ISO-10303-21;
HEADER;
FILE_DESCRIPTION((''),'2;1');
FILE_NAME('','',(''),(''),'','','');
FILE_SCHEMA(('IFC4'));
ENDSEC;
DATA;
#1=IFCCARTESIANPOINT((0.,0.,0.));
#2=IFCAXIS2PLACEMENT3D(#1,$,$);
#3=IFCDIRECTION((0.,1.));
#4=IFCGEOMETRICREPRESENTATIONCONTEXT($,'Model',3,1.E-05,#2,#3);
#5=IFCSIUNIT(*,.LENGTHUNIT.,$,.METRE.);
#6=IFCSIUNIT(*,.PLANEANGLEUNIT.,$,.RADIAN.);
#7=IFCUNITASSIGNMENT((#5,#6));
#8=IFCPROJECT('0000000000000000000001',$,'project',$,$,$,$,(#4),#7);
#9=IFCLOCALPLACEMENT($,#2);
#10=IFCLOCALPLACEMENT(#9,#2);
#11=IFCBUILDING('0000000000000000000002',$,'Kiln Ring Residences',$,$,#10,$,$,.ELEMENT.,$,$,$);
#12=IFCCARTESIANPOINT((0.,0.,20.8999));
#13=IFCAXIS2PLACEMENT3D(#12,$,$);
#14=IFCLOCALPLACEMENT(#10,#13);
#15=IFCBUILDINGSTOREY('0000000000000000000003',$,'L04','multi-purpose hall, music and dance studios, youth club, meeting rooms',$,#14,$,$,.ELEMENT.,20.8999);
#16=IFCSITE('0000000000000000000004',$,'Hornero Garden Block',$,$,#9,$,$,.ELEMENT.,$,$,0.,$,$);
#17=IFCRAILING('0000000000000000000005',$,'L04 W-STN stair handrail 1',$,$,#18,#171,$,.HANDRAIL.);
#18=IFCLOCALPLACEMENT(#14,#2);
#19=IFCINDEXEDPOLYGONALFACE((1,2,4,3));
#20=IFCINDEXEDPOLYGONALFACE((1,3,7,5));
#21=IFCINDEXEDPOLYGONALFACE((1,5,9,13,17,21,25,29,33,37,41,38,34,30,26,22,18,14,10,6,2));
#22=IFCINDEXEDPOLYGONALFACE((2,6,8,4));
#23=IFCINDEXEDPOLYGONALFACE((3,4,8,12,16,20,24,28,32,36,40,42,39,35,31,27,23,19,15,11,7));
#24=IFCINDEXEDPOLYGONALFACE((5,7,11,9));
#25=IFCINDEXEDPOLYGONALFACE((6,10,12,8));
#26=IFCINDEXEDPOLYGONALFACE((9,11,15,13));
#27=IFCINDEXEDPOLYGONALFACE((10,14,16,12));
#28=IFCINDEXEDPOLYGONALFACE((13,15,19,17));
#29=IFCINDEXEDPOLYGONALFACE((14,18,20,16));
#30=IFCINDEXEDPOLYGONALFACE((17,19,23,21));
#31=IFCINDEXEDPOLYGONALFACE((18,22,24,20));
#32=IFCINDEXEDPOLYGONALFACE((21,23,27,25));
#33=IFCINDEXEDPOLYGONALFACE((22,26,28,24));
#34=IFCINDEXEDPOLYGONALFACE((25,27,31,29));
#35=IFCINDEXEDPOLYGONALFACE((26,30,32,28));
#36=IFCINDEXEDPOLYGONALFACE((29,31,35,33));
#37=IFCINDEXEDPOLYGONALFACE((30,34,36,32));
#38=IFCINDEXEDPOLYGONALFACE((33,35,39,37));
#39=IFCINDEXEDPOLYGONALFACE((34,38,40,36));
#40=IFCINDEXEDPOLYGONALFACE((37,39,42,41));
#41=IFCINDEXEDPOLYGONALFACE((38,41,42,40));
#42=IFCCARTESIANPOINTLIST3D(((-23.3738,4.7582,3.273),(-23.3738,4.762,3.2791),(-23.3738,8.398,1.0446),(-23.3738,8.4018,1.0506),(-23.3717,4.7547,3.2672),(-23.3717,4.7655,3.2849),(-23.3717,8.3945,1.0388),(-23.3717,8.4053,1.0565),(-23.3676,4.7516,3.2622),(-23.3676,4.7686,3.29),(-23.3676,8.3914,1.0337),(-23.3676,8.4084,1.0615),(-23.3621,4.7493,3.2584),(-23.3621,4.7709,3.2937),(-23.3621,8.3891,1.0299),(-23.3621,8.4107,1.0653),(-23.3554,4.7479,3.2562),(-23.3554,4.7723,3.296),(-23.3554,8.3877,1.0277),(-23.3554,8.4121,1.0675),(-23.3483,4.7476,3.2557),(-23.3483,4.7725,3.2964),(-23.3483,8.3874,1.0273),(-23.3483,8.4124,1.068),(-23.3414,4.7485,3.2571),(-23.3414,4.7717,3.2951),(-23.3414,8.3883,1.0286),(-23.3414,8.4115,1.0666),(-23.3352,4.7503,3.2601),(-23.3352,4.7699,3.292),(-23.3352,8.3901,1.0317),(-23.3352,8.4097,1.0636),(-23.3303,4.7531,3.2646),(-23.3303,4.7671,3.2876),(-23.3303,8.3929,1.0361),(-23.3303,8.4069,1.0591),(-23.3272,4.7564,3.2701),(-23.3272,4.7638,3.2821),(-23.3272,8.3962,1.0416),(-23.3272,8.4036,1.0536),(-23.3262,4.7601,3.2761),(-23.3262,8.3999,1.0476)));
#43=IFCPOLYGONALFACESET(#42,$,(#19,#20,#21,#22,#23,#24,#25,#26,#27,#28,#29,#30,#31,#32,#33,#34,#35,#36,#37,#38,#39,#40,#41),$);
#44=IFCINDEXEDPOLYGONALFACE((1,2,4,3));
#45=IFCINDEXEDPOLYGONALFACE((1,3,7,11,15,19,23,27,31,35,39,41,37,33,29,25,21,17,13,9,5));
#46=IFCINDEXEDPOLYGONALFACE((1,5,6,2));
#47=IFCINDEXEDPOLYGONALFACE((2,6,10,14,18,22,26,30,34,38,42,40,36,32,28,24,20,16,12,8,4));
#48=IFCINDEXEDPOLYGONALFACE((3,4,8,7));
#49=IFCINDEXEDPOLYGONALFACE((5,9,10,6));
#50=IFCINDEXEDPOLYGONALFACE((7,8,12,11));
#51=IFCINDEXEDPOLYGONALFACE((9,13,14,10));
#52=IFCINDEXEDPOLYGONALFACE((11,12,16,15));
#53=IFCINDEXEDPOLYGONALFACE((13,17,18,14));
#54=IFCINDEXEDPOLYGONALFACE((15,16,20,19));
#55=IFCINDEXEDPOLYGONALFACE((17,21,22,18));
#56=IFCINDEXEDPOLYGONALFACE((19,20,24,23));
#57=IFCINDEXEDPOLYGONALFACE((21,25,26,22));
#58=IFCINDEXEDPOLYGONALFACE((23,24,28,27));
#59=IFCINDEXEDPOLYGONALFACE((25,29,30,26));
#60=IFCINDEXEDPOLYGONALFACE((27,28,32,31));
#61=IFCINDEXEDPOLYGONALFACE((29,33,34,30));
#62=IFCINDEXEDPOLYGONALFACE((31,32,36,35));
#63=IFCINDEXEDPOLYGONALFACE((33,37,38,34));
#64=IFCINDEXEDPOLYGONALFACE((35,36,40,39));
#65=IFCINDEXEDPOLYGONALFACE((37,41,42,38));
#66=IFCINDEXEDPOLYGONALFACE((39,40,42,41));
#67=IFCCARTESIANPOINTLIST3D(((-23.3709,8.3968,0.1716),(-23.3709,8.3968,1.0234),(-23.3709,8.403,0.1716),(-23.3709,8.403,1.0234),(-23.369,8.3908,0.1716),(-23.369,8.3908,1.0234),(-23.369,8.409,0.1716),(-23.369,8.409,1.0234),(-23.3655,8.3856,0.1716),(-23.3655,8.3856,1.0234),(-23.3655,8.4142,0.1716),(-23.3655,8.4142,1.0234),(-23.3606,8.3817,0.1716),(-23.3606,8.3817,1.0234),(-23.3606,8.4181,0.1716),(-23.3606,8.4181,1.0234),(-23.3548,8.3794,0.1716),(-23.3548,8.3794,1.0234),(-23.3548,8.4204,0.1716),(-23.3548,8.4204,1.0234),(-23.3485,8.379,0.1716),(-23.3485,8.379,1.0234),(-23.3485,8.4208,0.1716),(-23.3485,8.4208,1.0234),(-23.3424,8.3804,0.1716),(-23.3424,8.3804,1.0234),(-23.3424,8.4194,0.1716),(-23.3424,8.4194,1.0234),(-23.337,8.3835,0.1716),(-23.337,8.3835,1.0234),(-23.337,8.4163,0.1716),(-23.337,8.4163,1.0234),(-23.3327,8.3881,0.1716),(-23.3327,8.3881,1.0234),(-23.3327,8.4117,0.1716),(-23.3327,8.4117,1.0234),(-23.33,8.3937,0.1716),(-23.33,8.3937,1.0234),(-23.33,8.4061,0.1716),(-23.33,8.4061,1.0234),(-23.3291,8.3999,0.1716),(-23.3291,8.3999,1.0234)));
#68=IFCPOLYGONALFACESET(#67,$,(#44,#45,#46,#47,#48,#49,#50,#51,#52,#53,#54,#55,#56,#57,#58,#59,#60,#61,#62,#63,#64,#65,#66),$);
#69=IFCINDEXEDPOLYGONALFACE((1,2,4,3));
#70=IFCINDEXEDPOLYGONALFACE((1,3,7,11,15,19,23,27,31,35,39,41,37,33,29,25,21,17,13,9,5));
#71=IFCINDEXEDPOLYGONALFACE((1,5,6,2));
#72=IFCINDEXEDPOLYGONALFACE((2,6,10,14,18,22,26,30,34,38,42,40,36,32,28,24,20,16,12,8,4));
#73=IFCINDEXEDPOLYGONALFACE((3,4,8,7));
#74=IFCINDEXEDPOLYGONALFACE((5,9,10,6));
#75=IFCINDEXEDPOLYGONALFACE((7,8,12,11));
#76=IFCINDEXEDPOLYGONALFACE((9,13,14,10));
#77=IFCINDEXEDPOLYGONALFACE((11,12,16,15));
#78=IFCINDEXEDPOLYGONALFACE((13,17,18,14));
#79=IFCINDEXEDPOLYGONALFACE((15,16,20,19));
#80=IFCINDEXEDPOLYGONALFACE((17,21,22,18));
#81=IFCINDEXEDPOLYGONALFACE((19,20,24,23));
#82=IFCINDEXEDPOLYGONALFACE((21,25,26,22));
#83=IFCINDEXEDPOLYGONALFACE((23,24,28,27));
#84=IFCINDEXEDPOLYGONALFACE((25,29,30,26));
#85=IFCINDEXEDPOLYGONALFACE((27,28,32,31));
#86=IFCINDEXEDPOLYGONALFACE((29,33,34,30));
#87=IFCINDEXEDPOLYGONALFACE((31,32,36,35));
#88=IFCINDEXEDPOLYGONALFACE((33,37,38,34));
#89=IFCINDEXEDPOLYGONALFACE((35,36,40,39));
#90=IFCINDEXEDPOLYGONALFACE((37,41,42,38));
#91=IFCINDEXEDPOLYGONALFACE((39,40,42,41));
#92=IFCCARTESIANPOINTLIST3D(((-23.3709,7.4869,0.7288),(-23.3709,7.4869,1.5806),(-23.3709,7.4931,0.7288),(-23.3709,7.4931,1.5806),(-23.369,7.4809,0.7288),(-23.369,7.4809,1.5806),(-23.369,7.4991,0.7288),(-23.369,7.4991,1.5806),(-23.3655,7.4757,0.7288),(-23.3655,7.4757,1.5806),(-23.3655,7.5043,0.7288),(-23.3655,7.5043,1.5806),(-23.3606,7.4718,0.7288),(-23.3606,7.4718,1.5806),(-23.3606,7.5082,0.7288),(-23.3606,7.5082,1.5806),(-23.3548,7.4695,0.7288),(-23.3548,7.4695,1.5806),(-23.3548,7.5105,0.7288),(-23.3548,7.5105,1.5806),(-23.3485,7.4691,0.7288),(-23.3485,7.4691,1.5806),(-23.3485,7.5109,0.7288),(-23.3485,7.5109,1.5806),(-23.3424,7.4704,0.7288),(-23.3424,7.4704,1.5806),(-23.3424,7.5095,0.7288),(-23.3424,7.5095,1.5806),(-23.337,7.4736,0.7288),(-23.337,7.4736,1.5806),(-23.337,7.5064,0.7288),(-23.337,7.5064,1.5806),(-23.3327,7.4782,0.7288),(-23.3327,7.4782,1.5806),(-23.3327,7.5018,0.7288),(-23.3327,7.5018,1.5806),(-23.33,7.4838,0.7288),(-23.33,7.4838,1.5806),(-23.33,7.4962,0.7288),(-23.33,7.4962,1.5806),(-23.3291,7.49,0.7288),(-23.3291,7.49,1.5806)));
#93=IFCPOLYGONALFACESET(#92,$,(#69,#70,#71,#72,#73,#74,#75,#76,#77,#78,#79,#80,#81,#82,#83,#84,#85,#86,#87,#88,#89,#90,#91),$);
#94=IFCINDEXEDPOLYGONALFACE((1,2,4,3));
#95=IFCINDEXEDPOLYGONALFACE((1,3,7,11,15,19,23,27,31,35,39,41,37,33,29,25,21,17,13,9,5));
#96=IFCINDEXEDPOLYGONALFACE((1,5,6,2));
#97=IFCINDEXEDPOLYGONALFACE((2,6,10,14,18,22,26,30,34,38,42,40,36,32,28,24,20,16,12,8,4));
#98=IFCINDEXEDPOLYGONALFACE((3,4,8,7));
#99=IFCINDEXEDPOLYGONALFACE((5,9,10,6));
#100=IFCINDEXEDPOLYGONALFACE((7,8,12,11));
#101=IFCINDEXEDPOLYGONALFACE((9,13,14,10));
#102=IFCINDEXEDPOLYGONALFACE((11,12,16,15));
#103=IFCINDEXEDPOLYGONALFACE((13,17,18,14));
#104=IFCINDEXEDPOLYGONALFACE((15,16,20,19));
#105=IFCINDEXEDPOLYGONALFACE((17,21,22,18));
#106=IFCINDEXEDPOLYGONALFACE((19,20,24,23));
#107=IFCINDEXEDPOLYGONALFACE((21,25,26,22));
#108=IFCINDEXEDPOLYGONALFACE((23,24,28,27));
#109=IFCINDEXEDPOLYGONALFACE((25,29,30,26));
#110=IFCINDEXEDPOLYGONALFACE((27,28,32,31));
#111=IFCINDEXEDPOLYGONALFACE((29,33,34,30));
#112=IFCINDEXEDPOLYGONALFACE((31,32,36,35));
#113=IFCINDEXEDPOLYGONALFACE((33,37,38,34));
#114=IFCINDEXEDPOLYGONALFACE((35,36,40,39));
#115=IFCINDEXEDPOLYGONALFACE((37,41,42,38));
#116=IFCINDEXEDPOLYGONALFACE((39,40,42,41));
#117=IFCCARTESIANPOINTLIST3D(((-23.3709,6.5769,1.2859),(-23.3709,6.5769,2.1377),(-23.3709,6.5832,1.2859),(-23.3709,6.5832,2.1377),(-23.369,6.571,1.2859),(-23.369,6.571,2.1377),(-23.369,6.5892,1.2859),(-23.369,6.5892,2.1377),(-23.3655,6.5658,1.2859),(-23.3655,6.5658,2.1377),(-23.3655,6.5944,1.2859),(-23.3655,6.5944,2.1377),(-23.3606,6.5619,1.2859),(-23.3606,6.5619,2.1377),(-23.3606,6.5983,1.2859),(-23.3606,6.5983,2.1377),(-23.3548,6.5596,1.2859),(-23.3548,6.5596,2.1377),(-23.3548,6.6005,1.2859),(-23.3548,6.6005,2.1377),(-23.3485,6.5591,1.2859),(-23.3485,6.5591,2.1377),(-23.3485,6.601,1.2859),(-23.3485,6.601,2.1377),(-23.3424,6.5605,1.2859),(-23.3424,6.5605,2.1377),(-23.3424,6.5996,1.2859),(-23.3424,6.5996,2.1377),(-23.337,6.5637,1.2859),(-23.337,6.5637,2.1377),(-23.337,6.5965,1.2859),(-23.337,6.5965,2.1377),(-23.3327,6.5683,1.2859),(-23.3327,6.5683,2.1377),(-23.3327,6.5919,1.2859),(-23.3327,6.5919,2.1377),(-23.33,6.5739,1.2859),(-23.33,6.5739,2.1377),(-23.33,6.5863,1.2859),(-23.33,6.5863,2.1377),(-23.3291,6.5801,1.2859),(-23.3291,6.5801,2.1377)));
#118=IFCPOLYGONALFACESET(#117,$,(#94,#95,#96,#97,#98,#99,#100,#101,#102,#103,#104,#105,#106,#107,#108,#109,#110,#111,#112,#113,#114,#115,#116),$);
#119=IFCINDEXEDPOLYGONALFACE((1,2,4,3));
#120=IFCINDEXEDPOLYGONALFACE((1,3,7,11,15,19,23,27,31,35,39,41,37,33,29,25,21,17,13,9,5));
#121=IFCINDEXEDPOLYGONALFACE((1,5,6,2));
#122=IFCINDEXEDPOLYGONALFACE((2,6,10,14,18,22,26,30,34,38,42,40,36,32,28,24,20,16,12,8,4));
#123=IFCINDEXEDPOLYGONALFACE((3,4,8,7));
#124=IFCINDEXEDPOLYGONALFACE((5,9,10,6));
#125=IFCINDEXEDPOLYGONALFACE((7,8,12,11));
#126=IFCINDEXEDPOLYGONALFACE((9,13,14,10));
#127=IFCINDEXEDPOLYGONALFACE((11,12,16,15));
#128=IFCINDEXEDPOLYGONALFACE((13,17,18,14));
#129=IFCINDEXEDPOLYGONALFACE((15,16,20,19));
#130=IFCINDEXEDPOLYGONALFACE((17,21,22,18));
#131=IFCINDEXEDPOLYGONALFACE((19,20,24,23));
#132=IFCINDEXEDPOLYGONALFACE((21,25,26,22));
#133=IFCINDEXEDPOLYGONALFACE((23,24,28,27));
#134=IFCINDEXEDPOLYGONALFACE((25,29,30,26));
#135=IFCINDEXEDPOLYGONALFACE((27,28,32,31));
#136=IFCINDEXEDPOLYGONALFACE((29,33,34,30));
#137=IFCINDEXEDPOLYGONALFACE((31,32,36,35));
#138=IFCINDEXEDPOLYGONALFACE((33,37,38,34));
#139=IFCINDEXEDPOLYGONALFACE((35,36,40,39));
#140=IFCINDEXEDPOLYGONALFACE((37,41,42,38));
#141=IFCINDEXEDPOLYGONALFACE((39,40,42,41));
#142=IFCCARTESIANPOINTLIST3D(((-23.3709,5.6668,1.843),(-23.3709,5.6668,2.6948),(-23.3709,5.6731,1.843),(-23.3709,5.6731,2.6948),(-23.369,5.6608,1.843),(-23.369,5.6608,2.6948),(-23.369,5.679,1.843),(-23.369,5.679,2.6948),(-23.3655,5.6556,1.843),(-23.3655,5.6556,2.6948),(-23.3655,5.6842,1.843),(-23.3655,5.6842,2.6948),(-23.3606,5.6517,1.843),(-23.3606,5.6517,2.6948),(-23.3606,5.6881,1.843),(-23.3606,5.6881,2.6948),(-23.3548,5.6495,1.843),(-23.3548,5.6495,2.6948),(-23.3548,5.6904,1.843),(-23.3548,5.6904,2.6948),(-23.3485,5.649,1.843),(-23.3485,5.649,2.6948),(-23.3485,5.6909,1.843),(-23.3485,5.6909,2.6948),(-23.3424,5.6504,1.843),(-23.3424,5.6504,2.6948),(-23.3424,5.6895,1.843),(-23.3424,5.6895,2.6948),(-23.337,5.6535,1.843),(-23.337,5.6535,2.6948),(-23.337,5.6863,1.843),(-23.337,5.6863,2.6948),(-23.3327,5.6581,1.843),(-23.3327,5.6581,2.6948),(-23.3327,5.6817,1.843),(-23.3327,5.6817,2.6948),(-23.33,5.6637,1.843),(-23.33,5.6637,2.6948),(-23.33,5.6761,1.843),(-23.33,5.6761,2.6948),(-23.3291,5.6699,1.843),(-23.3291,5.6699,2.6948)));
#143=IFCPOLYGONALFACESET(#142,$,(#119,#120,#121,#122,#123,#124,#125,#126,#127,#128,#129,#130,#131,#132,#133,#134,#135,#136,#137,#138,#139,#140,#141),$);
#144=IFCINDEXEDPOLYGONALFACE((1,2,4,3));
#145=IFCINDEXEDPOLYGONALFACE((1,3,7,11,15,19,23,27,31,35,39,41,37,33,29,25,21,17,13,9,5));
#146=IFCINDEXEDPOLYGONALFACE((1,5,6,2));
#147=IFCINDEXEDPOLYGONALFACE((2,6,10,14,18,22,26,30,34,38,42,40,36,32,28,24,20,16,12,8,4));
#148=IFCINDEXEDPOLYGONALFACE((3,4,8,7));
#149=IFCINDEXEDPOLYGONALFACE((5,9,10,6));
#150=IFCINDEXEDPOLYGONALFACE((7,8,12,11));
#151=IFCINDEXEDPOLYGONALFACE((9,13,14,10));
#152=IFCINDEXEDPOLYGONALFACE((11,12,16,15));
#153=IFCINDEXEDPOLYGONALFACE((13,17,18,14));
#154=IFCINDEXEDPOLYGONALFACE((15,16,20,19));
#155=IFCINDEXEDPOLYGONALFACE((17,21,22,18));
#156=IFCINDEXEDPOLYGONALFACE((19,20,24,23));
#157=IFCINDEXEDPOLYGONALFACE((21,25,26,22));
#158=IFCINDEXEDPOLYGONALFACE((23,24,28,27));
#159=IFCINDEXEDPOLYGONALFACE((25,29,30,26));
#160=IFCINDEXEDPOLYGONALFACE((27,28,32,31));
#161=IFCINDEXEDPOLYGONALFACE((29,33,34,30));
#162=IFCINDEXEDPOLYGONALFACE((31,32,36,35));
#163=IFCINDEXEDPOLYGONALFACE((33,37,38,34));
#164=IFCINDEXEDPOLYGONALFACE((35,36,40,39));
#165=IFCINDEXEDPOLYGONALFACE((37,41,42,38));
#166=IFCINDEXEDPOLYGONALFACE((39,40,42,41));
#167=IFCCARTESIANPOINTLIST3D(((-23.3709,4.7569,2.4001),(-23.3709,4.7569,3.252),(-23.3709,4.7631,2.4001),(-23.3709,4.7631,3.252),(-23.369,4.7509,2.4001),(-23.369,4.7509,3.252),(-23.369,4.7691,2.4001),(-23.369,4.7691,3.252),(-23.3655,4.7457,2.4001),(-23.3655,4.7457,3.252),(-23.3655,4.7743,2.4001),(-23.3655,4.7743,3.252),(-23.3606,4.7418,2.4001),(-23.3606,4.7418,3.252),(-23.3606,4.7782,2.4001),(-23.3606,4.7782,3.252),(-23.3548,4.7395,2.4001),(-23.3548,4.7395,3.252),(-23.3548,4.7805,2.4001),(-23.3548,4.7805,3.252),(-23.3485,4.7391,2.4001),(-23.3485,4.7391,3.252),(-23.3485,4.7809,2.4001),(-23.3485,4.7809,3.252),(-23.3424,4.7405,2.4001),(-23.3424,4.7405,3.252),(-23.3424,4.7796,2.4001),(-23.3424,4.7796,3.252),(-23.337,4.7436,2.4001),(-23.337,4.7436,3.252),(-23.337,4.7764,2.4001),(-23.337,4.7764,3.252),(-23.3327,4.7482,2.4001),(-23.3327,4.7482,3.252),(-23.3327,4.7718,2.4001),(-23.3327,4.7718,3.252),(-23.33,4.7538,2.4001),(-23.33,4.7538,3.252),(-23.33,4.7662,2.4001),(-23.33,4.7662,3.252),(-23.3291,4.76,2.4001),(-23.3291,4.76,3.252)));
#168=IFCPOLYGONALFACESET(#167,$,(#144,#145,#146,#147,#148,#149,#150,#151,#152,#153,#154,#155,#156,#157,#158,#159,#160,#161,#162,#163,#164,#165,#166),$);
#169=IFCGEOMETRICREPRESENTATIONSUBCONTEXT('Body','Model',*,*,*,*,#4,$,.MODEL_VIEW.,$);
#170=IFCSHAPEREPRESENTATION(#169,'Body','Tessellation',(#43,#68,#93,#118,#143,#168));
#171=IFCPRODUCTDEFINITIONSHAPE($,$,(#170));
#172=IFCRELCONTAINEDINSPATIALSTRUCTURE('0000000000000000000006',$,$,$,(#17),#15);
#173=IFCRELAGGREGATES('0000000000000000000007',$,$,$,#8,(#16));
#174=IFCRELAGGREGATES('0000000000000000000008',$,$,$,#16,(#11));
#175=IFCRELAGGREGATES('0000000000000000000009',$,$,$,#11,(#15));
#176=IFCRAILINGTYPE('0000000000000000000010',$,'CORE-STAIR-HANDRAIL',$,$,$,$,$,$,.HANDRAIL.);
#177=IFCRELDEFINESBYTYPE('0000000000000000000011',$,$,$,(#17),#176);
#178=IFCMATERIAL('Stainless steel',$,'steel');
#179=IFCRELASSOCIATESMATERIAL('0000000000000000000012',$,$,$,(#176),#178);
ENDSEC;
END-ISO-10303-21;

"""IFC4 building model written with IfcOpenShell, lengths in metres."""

from ifc_helpers import new_model, si_unit, direction, frame, origin, origin_2d, place, context, subcontext, project, spatial, circle, extrude, material, type_object, element, save


model = new_model("IFC4")

# Units and contexts
model_context = context("Model", 3, precision=1e-05, world=origin(), true_north=direction((0.0, 1.0)))
body_context = subcontext(model_context, "Body", "Model", "MODEL_VIEW")
ifc_project = project(units=[si_unit("LENGTHUNIT", "METRE"), si_unit("PLANEANGLEUNIT", "RADIAN")], contexts=[model_context])

# Site, building, storey
site_placement = place(None, origin())
site = spatial("IfcSite", under=ifc_project, at=site_placement, Name="Hornero Garden Block", CompositionType="ELEMENT", RefElevation=0.0)
building_placement = place(site_placement, origin())
building = spatial("IfcBuilding", under=site, at=building_placement, Name="Kiln Ring Residences", CompositionType="ELEMENT")
storey_placement = place(building_placement, frame((0.0, 0.0, 20.8999)))
storey = spatial("IfcBuildingStorey", under=building, at=storey_placement, Name="L04", Description="multi-purpose hall, music and dance studios, youth club, meeting rooms", CompositionType="ELEMENT", Elevation=20.8999)

# Railing
ifc_material_1 = material(Name="Stainless steel", Category="steel")
railing_type_1 = type_object("IfcRailingType", Name="CORE-STAIR-HANDRAIL", PredefinedType="HANDRAIL", material=ifc_material_1)
railing_1_placement = place(storey_placement, frame((-23.3501, 8.3999, 0.1716)))
element("IfcRailing", 1, at=railing_1_placement, inside=storey, type_object=railing_type_1, Name="L04 W-STN stair handrail 1", PredefinedType="HANDRAIL", context=body_context, shape_type="SweptSolid", body=[
    extrude(circle(Radius=0.0239, at=origin_2d()), frame((0.0, 0.0, 0.876), z_axis=(0.0, -0.85285, 0.522156), x_axis=(1.0, 0.0, 0.0)), (0.0, 0.0, 1.0), 4.2678),
    extrude(circle(Radius=0.021, at=origin_2d()), origin(), (0.0, 0.0, 1.0), 0.8518),
    extrude(circle(Radius=0.021, at=origin_2d()), frame((0.0, -0.9099, 0.5571)), (0.0, 0.0, 1.0), 0.8518),
    extrude(circle(Radius=0.021, at=origin_2d()), frame((0.0, -1.8198, 1.1143)), (0.0, 0.0, 1.0), 0.8518),
    extrude(circle(Radius=0.021, at=origin_2d()), frame((0.0, -2.73, 1.6714)), (0.0, 0.0, 1.0), 0.8518),
    extrude(circle(Radius=0.021, at=origin_2d()), frame((0.0, -3.6399, 2.2285)), (0.0, 0.0, 1.0), 0.8518),
])

save(model, "model.ifc")
